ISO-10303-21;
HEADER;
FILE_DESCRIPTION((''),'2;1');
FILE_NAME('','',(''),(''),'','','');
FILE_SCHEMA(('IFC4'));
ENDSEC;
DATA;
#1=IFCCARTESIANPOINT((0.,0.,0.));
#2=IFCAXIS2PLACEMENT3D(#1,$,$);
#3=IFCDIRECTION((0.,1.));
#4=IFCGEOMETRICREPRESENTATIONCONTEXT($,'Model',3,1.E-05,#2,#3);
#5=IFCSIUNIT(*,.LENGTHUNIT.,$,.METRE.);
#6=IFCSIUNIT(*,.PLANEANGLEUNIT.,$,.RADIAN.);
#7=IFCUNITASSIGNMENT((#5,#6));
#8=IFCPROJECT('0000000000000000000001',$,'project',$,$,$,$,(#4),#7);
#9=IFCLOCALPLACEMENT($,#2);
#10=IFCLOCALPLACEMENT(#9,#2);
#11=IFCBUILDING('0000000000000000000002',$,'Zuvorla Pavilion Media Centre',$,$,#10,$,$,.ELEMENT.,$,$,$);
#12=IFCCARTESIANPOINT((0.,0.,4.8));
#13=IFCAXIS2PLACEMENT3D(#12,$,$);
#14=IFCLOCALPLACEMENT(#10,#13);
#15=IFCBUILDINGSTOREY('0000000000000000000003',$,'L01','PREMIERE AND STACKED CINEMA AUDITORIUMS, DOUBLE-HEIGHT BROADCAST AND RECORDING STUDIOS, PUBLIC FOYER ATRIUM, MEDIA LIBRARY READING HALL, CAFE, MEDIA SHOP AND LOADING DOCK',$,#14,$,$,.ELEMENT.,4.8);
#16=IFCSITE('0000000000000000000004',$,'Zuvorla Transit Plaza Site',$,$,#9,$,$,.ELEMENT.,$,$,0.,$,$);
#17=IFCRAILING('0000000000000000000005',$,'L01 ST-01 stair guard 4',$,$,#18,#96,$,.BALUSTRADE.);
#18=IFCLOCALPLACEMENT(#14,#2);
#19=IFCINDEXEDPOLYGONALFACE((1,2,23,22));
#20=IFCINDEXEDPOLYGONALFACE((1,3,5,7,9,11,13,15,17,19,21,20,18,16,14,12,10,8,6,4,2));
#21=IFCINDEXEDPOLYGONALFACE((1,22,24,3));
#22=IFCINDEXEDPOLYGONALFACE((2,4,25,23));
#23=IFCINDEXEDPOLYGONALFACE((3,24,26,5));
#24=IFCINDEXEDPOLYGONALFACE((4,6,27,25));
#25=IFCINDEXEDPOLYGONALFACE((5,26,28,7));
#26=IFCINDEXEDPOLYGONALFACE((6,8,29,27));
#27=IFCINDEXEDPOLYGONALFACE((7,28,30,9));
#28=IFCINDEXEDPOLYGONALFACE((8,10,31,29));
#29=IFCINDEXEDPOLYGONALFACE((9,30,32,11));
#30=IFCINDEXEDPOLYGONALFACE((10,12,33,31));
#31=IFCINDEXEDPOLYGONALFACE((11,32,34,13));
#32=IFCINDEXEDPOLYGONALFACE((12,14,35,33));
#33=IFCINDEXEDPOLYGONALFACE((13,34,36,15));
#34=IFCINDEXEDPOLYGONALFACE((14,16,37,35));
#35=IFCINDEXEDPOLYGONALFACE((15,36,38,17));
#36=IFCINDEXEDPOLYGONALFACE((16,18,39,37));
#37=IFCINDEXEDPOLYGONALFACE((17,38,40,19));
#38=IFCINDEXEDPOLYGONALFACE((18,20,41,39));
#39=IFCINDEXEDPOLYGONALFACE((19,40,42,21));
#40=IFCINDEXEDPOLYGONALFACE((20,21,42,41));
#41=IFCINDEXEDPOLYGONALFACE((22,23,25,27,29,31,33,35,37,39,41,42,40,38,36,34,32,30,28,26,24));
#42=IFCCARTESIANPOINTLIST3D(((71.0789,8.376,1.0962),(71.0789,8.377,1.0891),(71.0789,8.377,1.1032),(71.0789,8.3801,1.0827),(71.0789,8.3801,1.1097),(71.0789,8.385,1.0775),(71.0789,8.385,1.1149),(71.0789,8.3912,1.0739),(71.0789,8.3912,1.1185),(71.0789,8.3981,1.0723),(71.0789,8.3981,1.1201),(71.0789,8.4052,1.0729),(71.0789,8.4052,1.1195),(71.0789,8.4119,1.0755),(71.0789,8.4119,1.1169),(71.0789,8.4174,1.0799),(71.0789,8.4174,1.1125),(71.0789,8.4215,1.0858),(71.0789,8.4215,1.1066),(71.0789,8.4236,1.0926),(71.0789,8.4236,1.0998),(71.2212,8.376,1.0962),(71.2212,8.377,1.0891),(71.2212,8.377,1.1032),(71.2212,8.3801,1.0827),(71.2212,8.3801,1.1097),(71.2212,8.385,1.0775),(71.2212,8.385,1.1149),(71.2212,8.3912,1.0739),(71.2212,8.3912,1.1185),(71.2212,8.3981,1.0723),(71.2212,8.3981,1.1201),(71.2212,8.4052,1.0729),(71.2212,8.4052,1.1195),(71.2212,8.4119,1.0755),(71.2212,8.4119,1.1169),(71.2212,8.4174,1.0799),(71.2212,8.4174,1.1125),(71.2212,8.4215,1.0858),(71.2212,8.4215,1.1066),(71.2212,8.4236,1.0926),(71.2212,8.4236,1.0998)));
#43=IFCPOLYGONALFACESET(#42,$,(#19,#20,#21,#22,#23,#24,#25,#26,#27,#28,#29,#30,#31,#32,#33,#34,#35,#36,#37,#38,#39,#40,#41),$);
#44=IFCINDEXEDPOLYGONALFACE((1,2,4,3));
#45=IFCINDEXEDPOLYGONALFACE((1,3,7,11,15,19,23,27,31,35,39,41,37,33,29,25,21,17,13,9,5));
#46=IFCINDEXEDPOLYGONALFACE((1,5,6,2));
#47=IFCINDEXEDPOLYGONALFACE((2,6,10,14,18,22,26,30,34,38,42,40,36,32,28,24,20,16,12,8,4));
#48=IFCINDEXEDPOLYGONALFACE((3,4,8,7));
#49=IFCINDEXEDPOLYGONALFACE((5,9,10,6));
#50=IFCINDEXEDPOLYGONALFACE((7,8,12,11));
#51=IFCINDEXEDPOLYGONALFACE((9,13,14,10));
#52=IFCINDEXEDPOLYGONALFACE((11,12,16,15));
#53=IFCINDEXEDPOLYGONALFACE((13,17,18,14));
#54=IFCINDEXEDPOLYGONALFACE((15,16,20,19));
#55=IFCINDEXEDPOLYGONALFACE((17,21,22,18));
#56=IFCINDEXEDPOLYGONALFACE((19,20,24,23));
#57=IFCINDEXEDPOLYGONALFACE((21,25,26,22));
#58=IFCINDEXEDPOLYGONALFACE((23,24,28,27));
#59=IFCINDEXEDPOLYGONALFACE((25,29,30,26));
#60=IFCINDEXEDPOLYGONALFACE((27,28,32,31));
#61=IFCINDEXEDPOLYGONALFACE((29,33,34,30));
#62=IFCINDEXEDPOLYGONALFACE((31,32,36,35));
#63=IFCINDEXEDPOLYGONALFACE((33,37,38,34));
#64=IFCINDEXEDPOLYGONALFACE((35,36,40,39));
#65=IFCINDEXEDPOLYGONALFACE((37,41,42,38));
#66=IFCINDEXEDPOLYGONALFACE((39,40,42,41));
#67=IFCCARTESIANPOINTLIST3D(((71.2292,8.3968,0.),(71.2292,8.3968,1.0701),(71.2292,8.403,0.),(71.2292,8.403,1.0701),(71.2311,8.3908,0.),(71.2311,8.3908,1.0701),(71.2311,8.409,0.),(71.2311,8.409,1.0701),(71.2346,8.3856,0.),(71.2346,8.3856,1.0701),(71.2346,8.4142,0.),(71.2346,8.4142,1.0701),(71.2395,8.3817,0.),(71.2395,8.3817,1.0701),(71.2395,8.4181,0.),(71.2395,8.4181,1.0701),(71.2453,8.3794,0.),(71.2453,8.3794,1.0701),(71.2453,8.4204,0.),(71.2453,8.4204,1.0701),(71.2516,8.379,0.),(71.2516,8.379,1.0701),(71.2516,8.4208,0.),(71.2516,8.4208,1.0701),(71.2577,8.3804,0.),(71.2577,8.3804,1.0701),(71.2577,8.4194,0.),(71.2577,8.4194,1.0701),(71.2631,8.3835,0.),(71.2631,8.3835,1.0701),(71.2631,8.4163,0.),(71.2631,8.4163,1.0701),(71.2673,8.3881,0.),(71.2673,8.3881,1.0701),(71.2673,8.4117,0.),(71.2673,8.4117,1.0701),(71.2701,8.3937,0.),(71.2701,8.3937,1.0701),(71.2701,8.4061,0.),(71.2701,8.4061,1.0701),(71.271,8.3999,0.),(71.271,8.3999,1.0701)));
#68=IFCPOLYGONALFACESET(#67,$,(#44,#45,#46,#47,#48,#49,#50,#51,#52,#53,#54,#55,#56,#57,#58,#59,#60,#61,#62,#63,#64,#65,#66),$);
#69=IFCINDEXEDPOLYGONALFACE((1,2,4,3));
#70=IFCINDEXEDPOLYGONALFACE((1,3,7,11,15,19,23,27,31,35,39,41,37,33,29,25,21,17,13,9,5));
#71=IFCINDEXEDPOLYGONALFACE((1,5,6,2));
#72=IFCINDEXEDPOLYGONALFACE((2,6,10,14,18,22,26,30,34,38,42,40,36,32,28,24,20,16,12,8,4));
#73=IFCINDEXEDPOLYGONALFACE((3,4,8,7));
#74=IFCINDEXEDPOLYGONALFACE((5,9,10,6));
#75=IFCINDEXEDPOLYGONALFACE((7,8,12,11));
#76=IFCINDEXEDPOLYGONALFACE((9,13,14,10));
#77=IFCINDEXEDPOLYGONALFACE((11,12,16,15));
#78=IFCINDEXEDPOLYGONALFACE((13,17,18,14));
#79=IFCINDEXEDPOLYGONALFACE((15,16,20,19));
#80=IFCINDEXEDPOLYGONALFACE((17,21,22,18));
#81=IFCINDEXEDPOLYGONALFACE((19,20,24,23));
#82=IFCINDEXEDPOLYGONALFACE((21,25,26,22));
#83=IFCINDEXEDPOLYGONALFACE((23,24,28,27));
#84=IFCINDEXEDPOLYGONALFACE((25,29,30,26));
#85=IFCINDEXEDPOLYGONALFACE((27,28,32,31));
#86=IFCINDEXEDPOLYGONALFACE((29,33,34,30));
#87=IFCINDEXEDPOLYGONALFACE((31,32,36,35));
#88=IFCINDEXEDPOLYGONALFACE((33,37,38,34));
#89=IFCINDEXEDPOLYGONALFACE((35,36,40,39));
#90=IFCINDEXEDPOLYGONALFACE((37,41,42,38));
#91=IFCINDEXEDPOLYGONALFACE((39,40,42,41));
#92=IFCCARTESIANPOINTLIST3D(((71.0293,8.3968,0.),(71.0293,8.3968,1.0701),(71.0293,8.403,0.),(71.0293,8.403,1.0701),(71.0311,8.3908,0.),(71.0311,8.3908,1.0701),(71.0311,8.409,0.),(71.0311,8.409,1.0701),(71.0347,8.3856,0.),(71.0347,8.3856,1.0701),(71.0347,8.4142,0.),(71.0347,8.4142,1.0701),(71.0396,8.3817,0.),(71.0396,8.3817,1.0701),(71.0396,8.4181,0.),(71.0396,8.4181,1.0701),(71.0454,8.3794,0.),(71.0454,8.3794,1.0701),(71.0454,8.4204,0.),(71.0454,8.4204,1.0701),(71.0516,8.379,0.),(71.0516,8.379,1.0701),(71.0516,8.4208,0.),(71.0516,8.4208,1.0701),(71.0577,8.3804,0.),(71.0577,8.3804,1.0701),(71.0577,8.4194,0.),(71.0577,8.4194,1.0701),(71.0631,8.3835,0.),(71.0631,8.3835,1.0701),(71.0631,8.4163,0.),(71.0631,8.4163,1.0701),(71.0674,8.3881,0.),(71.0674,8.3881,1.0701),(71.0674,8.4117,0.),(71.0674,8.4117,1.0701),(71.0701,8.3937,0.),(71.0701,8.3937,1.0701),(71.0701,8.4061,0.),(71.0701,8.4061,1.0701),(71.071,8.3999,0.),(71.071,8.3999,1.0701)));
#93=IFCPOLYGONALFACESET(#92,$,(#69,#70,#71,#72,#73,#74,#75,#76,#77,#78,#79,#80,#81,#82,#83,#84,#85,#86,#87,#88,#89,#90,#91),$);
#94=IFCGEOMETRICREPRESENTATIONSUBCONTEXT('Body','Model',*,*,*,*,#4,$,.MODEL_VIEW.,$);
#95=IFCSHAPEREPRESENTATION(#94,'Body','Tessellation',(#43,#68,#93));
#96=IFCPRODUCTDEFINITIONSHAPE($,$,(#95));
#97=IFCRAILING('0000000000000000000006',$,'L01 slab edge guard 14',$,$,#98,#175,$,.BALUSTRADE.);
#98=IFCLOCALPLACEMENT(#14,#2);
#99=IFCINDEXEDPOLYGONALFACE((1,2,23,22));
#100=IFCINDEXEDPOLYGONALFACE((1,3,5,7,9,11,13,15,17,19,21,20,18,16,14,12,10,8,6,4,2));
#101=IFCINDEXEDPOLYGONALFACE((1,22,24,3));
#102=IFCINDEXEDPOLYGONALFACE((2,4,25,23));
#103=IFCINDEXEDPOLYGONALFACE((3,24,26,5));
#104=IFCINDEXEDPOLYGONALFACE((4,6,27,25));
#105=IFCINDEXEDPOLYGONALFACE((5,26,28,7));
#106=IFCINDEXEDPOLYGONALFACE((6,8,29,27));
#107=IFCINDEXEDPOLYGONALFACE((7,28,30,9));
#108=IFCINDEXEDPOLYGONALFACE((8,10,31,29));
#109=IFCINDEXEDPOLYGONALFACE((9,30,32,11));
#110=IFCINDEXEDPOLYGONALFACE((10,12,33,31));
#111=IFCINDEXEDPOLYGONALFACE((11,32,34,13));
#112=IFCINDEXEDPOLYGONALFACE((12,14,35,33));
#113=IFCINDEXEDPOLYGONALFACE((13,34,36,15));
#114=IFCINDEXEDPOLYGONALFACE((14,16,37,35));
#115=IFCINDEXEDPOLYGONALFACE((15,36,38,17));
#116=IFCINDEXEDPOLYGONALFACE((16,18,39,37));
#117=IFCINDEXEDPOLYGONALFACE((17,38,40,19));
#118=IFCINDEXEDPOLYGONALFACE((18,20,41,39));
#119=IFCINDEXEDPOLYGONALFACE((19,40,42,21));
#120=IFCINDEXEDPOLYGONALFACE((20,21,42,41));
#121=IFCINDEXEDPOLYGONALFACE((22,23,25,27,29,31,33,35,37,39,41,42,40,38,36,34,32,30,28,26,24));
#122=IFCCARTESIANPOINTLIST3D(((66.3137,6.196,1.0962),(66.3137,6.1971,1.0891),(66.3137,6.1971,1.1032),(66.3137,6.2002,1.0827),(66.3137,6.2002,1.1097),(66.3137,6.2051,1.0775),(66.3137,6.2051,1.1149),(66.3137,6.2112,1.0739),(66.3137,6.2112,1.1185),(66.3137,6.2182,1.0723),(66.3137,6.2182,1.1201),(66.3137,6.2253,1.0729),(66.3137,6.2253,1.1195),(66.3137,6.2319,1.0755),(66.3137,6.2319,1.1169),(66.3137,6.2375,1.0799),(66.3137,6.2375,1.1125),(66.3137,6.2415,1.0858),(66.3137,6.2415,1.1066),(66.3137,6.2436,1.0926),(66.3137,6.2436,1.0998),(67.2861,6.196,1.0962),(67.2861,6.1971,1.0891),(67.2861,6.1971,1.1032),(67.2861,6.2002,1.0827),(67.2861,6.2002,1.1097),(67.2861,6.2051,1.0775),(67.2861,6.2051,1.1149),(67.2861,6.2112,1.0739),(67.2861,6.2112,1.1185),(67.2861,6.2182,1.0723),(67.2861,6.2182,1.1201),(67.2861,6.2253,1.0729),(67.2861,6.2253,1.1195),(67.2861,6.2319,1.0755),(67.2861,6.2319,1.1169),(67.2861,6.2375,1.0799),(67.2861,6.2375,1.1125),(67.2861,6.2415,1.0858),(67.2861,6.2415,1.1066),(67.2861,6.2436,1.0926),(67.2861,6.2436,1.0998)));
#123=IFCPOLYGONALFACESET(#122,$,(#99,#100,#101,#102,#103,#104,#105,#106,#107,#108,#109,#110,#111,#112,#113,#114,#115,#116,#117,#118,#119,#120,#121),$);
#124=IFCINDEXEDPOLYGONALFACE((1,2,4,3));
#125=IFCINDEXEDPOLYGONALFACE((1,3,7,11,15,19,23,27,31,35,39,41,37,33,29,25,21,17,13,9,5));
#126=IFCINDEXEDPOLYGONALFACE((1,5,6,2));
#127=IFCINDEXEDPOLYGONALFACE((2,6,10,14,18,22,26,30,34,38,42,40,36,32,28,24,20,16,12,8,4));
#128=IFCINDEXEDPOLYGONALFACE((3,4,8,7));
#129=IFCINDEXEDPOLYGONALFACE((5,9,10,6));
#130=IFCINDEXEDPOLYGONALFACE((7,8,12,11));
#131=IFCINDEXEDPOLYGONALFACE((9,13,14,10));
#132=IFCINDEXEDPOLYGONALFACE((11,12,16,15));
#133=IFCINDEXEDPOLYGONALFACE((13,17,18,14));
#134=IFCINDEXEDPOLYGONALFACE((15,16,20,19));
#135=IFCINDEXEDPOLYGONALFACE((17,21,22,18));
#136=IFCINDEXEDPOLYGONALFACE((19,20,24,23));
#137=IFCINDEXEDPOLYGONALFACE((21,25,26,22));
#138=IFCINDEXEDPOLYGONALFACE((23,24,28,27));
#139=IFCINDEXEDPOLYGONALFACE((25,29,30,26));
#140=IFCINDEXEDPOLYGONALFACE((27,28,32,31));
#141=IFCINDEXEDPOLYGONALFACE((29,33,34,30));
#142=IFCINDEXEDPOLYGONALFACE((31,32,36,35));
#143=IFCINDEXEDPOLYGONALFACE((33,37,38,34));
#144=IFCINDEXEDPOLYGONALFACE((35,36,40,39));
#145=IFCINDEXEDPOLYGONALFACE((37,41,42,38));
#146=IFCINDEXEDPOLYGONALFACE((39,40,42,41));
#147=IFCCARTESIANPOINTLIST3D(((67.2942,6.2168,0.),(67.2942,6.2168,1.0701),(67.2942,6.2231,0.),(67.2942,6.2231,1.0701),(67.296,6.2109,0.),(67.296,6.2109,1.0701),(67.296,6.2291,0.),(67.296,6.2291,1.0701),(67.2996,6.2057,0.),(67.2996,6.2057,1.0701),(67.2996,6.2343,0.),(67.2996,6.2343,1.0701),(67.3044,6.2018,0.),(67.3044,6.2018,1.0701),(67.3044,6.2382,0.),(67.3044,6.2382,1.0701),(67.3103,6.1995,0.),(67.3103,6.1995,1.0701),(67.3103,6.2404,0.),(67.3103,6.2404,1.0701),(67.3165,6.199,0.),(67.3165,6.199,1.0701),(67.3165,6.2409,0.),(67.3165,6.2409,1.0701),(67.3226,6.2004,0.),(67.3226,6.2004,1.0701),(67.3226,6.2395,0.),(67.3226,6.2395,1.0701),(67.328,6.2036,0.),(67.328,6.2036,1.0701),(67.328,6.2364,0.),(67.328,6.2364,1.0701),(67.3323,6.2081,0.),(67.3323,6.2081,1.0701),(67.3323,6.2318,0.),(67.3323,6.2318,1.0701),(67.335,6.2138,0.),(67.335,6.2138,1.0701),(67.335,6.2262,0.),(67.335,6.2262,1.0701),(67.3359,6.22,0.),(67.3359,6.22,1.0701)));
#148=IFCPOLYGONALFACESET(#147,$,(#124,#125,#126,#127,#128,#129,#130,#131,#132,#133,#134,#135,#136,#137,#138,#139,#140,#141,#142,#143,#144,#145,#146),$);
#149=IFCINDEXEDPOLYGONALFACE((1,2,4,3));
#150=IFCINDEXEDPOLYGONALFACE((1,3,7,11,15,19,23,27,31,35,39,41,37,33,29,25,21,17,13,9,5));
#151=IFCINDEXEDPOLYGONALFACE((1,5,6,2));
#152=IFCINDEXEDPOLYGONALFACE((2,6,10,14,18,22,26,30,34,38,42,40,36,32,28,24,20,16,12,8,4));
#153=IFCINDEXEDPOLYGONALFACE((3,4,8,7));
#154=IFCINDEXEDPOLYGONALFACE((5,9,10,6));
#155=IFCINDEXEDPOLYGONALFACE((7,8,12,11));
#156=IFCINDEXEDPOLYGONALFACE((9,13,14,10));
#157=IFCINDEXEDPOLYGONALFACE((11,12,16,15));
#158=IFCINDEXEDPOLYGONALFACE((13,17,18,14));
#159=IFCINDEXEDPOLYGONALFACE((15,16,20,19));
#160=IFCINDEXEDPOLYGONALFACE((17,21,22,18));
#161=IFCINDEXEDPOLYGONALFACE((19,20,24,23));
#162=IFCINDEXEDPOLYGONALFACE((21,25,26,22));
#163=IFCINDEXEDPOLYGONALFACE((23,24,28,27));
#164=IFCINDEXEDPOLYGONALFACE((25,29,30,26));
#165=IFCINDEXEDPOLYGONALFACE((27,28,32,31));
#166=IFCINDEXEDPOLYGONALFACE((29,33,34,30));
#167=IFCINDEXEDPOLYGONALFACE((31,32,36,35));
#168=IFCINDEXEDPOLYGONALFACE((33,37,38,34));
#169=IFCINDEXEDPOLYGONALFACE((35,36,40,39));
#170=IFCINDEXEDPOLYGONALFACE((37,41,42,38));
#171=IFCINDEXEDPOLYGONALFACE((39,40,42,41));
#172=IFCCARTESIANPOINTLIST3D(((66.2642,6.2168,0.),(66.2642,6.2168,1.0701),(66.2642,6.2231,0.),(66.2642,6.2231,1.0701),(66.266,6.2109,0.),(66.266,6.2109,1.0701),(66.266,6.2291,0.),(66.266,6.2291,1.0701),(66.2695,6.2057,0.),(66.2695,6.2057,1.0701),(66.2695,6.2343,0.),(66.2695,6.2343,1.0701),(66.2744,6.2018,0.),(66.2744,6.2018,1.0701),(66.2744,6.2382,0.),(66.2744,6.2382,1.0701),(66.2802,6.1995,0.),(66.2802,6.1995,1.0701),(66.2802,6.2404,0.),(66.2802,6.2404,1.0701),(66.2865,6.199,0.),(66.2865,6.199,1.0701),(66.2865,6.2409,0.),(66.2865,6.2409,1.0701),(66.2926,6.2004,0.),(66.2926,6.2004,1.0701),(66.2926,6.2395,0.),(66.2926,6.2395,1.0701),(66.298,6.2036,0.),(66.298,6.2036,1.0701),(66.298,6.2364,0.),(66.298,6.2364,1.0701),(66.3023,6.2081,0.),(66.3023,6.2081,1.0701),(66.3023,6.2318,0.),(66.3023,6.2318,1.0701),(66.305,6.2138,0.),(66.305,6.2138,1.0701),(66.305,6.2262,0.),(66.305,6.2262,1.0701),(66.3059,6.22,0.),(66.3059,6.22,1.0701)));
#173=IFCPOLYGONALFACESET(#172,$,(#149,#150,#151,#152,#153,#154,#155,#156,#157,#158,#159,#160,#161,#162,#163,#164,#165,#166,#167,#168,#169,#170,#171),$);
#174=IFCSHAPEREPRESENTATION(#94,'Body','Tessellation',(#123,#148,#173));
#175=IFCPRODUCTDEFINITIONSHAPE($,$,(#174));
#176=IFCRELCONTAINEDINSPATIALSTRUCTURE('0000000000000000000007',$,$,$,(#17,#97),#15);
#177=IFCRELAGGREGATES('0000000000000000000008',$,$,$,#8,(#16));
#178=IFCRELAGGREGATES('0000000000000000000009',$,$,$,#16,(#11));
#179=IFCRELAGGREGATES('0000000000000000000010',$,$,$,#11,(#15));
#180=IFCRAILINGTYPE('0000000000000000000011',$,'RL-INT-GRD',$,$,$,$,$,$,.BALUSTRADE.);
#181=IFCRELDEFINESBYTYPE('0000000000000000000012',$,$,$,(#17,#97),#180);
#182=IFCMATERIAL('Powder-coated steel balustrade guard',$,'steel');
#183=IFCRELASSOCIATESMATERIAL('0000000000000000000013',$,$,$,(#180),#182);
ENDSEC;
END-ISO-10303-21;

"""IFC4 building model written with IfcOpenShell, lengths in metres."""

from ifc_helpers import new_model, si_unit, direction, frame, origin, origin_2d, place, context, subcontext, project, spatial, circle, extrude, material, type_object, element, save


model = new_model("IFC4")

# Units and contexts
model_context = context("Model", 3, precision=1e-05, world=origin(), true_north=direction((0.0, 1.0)))
body_context = subcontext(model_context, "Body", "Model", "MODEL_VIEW")
ifc_project = project(units=[si_unit("LENGTHUNIT", "METRE"), si_unit("PLANEANGLEUNIT", "RADIAN")], contexts=[model_context])

# Site, building, storey
site_placement = place(None, origin())
site = spatial("IfcSite", under=ifc_project, at=site_placement, Name="Zuvorla Transit Plaza Site", CompositionType="ELEMENT", RefElevation=0.0)
building_placement = place(site_placement, origin())
building = spatial("IfcBuilding", under=site, at=building_placement, Name="Zuvorla Pavilion Media Centre", CompositionType="ELEMENT")
storey_placement = place(building_placement, frame((0.0, 0.0, 4.8)))
storey = spatial("IfcBuildingStorey", under=building, at=storey_placement, Name="L01", Description="PREMIERE AND STACKED CINEMA AUDITORIUMS, DOUBLE-HEIGHT BROADCAST AND RECORDING STUDIOS, PUBLIC FOYER ATRIUM, MEDIA LIBRARY READING HALL, CAFE, MEDIA SHOP AND LOADING DOCK", CompositionType="ELEMENT", Elevation=4.8)

# Railings
ifc_material_1 = material(Name="Powder-coated steel balustrade guard", Category="steel")
railing_type_1 = type_object("IfcRailingType", Name="RL-INT-GRD", PredefinedType="BALUSTRADE", material=ifc_material_1)
railing_1_placement = place(storey_placement, frame((71.25, 8.3999, 0.0)))
element("IfcRailing", 1, at=railing_1_placement, inside=storey, type_object=railing_type_1, Name="L01 ST-01 stair guard 4", PredefinedType="BALUSTRADE", context=body_context, shape_type="SweptSolid", body=[
    extrude(circle(Radius=0.0239, at=origin_2d()), frame((-0.0288, 0.0, 1.0962), z_axis=(-1.0, 0.0, 0.0), x_axis=(0.0, -1.0, 0.0)), (0.0, 0.0, 1.0), 0.1423),
    extrude(circle(Radius=0.021, at=origin_2d()), origin(), (0.0, 0.0, 1.0), 1.0701),
    extrude(circle(Radius=0.021, at=origin_2d()), frame((-0.2, 0.0, 0.0)), (0.0, 0.0, 1.0), 1.0701),
])
railing_2_placement = place(storey_placement, frame((67.3149, 6.22, 0.0)))
element("IfcRailing", 2, at=railing_2_placement, inside=storey, type_object=railing_type_1, Name="L01 slab edge guard 14", PredefinedType="BALUSTRADE", context=body_context, shape_type="SweptSolid", body=[
    extrude(circle(Radius=0.0239, at=origin_2d()), frame((-0.0288, 0.0, 1.0962), z_axis=(-1.0, 0.0, 0.0), x_axis=(0.0, -1.0, 0.0)), (0.0, 0.0, 1.0), 0.9724),
    extrude(circle(Radius=0.021, at=origin_2d()), origin(), (0.0, 0.0, 1.0), 1.0701),
    extrude(circle(Radius=0.021, at=origin_2d()), frame((-1.03, 0.0, 0.0)), (0.0, 0.0, 1.0), 1.0701),
])

save(model, "model.ifc")
